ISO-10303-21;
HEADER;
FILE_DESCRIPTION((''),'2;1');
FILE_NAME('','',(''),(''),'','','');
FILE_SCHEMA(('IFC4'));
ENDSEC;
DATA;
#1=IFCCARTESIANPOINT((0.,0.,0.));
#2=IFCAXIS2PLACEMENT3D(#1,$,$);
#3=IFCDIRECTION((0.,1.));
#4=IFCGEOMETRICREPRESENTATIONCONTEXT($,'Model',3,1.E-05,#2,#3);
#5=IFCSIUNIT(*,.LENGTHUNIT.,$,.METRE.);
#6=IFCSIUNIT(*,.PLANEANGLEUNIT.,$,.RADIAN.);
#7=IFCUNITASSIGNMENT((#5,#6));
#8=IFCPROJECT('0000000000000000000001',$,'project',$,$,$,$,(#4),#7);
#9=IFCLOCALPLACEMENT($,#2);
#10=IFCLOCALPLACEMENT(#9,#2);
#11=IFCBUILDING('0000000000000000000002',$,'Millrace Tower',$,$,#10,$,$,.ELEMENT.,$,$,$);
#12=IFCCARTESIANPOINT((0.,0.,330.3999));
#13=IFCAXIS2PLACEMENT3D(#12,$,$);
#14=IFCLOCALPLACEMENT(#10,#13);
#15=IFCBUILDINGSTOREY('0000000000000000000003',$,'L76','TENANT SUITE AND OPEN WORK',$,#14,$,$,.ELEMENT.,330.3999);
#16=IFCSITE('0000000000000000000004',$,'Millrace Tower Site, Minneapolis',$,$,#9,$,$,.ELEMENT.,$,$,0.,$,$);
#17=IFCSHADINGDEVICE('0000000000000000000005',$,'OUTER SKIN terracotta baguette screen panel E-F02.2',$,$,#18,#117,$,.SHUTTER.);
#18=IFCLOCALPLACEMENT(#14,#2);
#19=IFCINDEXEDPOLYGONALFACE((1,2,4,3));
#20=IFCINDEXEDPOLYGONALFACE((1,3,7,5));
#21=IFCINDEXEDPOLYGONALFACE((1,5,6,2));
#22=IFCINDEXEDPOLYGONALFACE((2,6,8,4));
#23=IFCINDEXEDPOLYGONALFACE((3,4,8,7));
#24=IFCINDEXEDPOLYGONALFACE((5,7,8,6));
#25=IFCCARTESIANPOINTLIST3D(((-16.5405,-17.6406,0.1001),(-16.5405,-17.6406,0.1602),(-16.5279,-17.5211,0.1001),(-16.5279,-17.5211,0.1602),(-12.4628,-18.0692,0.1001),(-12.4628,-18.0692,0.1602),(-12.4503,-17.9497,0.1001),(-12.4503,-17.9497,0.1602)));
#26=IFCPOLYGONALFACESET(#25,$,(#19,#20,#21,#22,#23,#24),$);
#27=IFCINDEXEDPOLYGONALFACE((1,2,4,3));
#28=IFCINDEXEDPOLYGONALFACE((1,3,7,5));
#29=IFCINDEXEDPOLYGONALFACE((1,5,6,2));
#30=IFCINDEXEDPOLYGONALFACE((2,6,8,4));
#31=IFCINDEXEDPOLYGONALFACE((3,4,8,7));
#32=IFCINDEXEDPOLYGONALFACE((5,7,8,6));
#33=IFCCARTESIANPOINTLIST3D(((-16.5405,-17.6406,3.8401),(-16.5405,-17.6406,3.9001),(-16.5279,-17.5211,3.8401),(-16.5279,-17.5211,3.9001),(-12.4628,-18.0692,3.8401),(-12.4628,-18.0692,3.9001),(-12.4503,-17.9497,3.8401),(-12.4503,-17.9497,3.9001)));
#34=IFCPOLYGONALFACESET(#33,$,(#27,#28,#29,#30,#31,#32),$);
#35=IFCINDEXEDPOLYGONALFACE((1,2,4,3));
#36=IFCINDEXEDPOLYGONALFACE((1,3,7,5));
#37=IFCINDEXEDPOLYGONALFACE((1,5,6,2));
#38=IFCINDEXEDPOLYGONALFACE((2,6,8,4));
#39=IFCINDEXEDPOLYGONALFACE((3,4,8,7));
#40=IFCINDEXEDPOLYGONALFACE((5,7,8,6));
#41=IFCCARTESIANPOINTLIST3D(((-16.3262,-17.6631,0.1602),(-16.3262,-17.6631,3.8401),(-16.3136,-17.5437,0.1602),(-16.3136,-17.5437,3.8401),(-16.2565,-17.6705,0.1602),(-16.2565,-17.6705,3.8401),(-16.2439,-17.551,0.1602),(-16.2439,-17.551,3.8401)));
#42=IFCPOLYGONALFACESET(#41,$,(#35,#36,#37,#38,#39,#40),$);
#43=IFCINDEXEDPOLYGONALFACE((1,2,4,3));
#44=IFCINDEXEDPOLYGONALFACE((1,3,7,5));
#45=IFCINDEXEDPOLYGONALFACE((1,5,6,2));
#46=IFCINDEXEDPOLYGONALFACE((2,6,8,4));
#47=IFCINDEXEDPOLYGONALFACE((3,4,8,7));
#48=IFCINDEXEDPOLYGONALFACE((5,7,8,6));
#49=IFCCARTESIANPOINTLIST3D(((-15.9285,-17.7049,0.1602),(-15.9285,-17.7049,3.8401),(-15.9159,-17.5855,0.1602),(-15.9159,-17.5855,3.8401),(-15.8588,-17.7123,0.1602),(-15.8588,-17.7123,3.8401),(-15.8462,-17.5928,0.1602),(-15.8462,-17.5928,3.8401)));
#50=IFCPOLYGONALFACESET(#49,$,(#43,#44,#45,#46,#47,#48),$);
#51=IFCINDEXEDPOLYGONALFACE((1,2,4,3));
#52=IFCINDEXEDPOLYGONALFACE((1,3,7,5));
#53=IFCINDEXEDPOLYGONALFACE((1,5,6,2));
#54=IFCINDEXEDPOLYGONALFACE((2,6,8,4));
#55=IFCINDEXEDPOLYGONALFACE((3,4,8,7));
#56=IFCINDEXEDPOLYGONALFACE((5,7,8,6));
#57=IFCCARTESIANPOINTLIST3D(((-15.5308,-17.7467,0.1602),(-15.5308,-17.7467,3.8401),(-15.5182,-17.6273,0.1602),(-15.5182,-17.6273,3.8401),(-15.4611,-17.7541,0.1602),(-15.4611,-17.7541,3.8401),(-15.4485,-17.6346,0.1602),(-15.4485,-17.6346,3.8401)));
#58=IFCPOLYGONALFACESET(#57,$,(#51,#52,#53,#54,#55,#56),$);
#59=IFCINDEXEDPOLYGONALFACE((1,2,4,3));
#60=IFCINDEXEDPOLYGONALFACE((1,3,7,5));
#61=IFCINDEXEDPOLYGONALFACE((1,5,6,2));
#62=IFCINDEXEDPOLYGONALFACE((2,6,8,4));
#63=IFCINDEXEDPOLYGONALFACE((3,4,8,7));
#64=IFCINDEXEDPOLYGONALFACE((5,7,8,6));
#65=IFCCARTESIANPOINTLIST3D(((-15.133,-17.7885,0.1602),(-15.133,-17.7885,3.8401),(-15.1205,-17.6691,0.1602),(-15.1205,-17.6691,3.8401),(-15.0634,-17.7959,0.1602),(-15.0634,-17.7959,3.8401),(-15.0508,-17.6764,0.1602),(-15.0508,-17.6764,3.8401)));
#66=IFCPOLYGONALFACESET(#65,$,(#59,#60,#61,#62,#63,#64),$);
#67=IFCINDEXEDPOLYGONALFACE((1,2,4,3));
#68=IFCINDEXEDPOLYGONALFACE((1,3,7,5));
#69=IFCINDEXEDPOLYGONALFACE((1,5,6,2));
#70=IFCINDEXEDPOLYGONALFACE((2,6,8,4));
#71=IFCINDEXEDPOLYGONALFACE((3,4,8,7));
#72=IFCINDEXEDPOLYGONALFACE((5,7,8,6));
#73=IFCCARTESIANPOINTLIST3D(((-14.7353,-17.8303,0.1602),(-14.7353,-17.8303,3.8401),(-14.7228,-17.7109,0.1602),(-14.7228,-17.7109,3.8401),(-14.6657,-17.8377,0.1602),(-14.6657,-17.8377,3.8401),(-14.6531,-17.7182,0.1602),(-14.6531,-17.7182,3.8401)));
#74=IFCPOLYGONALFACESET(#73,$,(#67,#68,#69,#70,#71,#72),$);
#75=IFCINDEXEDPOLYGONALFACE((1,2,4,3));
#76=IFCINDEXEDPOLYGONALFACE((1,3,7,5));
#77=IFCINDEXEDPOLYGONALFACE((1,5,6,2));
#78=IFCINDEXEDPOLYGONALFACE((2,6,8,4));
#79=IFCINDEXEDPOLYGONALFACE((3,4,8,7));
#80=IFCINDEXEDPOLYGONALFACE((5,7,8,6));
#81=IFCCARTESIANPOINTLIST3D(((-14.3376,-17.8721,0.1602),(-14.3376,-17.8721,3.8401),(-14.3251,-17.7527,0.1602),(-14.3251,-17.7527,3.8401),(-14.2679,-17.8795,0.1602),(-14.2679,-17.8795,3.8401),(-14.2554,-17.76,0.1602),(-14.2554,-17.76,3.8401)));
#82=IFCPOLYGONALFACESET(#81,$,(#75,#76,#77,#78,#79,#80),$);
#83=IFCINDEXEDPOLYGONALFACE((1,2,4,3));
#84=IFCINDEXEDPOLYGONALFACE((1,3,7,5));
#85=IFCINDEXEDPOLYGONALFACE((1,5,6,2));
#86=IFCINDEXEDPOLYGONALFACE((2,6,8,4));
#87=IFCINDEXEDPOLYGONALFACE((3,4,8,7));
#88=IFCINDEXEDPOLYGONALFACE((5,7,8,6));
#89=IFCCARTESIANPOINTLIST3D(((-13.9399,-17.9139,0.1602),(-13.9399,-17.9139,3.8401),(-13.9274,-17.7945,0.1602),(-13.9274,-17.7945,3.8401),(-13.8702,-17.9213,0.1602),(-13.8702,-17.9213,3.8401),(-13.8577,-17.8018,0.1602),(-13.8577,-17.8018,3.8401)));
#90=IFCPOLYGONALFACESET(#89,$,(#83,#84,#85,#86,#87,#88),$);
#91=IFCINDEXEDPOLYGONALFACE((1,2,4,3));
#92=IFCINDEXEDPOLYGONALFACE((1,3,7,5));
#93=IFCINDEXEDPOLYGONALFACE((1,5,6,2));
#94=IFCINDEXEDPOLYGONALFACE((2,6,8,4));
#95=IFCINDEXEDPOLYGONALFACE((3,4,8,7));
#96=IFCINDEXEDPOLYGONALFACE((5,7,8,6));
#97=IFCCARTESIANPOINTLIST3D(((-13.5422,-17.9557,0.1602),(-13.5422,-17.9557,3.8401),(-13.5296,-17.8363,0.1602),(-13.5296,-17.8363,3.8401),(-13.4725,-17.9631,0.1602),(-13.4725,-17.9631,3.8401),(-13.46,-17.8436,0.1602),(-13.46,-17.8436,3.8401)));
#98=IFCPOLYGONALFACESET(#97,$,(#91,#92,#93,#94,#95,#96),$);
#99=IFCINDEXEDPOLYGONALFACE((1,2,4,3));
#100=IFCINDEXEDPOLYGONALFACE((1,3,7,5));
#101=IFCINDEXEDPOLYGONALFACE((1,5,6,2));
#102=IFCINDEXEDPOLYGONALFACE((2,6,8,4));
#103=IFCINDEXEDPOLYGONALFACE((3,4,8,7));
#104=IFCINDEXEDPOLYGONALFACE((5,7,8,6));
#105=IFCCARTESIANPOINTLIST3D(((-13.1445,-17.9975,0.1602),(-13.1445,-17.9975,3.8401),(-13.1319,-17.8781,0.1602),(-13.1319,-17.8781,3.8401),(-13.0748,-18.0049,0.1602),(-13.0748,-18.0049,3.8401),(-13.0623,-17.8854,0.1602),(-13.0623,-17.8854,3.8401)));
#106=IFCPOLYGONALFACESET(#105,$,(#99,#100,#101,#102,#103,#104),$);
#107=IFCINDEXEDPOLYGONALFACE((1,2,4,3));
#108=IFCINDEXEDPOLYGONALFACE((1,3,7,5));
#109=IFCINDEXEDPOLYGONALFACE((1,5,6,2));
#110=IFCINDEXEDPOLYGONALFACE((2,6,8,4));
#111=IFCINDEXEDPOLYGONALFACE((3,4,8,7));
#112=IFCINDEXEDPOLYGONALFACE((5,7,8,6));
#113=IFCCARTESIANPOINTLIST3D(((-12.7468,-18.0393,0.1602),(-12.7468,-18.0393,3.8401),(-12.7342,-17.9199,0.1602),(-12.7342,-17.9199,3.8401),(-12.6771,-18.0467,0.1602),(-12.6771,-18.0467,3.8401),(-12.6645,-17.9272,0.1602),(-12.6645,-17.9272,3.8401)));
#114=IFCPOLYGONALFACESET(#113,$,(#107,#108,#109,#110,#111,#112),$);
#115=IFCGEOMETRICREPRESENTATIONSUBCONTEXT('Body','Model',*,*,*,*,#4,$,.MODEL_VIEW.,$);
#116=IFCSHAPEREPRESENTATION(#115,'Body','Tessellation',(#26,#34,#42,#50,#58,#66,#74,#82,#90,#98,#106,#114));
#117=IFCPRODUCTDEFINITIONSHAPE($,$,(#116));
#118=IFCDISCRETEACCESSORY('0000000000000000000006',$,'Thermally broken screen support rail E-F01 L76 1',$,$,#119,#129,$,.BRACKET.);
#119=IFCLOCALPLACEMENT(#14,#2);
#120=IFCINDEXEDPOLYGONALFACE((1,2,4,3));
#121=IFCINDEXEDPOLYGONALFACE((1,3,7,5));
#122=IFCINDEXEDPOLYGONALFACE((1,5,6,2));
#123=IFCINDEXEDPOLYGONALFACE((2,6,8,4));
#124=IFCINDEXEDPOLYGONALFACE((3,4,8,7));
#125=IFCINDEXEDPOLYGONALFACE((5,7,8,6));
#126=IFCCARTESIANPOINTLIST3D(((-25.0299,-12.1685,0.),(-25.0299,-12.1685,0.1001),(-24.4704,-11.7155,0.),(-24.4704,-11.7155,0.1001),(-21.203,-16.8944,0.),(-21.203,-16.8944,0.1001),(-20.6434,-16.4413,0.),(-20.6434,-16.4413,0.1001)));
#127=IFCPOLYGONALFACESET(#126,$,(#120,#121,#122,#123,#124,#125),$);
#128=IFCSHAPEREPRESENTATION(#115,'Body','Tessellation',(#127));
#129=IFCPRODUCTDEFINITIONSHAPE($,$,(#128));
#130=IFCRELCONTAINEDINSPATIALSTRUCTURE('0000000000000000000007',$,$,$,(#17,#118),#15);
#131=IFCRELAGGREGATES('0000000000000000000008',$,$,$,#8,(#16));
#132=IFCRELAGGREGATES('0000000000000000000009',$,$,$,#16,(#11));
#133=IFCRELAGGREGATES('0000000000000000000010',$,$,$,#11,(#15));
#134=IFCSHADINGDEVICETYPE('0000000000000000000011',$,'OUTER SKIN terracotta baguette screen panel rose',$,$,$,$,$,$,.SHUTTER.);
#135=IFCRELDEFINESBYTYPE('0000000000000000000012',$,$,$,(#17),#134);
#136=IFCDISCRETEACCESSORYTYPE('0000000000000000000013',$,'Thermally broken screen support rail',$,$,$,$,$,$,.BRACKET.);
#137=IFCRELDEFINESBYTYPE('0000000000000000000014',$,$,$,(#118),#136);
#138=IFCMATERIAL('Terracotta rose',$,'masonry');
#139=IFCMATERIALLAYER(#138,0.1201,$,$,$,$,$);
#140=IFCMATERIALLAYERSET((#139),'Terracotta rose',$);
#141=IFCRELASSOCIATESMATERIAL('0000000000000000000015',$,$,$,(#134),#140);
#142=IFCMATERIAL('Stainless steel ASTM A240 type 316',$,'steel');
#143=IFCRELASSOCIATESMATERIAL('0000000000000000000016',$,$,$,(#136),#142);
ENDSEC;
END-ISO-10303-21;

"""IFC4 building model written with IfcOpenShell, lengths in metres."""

from ifc_helpers import new_model, entity, si_unit, direction, frame, frame_2d, origin, origin_2d, place, context, subcontext, project, spatial, rectangle, extrude, source, transform, mapped, material, layer, layer_set, type_object, element, save


model = new_model("IFC4")

# Units and contexts
model_context = context("Model", 3, precision=1e-05, world=origin(), true_north=direction((0.0, 1.0)))
body_context = subcontext(model_context, "Body", "Model", "MODEL_VIEW")
ifc_project = project(units=[si_unit("LENGTHUNIT", "METRE"), si_unit("PLANEANGLEUNIT", "RADIAN")], contexts=[model_context])

# Site, building, storey
site_placement = place(None, origin())
site = spatial("IfcSite", under=ifc_project, at=site_placement, Name="Millrace Tower Site, Minneapolis", CompositionType="ELEMENT", RefElevation=0.0)
building_placement = place(site_placement, origin())
building = spatial("IfcBuilding", under=site, at=building_placement, Name="Millrace Tower", CompositionType="ELEMENT")
storey_placement = place(building_placement, frame((0.0, 0.0, 330.3999)))
storey = spatial("IfcBuildingStorey", under=building, at=storey_placement, Name="L76", Description="TENANT SUITE AND OPEN WORK", CompositionType="ELEMENT", Elevation=330.3999)

# Shading device
ifc_material_1 = material(Name="Terracotta rose", Category="masonry")
ifc_layer_1 = layer(ifc_material_1, 0.1201)
ifc_layer_set_1 = layer_set([ifc_layer_1], Name="Terracotta rose")
shading_device_type = type_object("IfcShadingDeviceType", Name="OUTER SKIN terracotta baguette screen panel rose", PredefinedType="SHUTTER", material=ifc_layer_set_1)
cartesian_point_1 = entity("IfcCartesianPoint", [-2.05, 0.0601])
shared_polyline_1 = entity("IfcPolyline", [cartesian_point_1, entity("IfcCartesianPoint", [2.05, 0.0601]), entity("IfcCartesianPoint", [2.05, -0.0601]), entity("IfcCartesianPoint", [-2.05, -0.0601]), cartesian_point_1])
shared_shape_1 = source(origin(), body_context, "Body", "SweptSolid", [
    entity("IfcExtrudedAreaSolid", entity("IfcArbitraryClosedProfileDef", "AREA", None, shared_polyline_1), entity("IfcAxis2Placement3D", entity("IfcCartesianPoint", [0.0, 0.0, 0.0])), entity("IfcDirection", [0.0, 0.0, 1.0]), 0.0601),
    entity("IfcExtrudedAreaSolid", entity("IfcArbitraryClosedProfileDef", "AREA", None, shared_polyline_1), entity("IfcAxis2Placement3D", entity("IfcCartesianPoint", [0.0, 0.0, 3.74])), entity("IfcDirection", [0.0, 0.0, 1.0]), 0.0601),
    extrude(rectangle(XDim=0.0701, YDim=0.1201, at=frame_2d((-1.7996, 0.0))), frame((0.0, 0.0, 0.0601)), (0.0, 0.0, 1.0), 3.6799),
    extrude(rectangle(XDim=0.0701, YDim=0.1201, at=frame_2d((-1.3997, 0.0))), frame((0.0, 0.0, 0.0601)), (0.0, 0.0, 1.0), 3.6799),
    extrude(rectangle(XDim=0.0701, YDim=0.1201, at=frame_2d((-0.9998, 0.0))), frame((0.0, 0.0, 0.0601)), (0.0, 0.0, 1.0), 3.6799),
    extrude(rectangle(XDim=0.0701, YDim=0.1201, at=frame_2d((-0.5999, 0.0))), frame((0.0, 0.0, 0.0601)), (0.0, 0.0, 1.0), 3.6799),
    extrude(rectangle(XDim=0.0701, YDim=0.1201, at=frame_2d((-0.2, 0.0))), frame((0.0, 0.0, 0.0601)), (0.0, 0.0, 1.0), 3.6799),
    extrude(rectangle(XDim=0.0701, YDim=0.1201, at=frame_2d((0.2, 0.0))), frame((0.0, 0.0, 0.0601)), (0.0, 0.0, 1.0), 3.6799),
    extrude(rectangle(XDim=0.0701, YDim=0.1201, at=frame_2d((0.5999, 0.0))), frame((0.0, 0.0, 0.0601)), (0.0, 0.0, 1.0), 3.6799),
    extrude(rectangle(XDim=0.0701, YDim=0.1201, at=frame_2d((0.9998, 0.0))), frame((0.0, 0.0, 0.0601)), (0.0, 0.0, 1.0), 3.6799),
    extrude(rectangle(XDim=0.0701, YDim=0.1201, at=frame_2d((1.3997, 0.0))), frame((0.0, 0.0, 0.0601)), (0.0, 0.0, 1.0), 3.6799),
    extrude(rectangle(XDim=0.0701, YDim=0.1201, at=frame_2d((1.7996, 0.0))), frame((0.0, 0.0, 0.0601)), (0.0, 0.0, 1.0), 3.6799),
])
shading_device_1_placement = place(storey_placement, frame((-14.4954, -17.7952, 0.1001), z_axis=(0.0, 0.0, 1.0), x_axis=(0.994522, -0.104528, 0.0)))
element("IfcShadingDevice", 1, at=shading_device_1_placement, inside=storey, type_object=shading_device_type, Name="OUTER SKIN terracotta baguette screen panel E-F02.2", PredefinedType="SHUTTER", context=body_context, shape_type="MappedRepresentation", body=[
    mapped(shared_shape_1, transform((0.0, 0.0, 0.0), scale=1.0)),
])

# Discrete accessory
ifc_material_2 = material(Name="Stainless steel ASTM A240 type 316", Category="steel")
discrete_accessory_type = type_object("IfcDiscreteAccessoryType", Name="Thermally broken screen support rail", PredefinedType="BRACKET", material=ifc_material_2)
discrete_accessory_placement = place(storey_placement, frame((-22.8367, -14.3049, 0.0), z_axis=(0.0, 0.0, 1.0), x_axis=(0.62932, -0.777146, 0.0)))
element("IfcDiscreteAccessory", 2, at=discrete_accessory_placement, inside=storey, type_object=discrete_accessory_type, Name="Thermally broken screen support rail E-F01 L76 1", PredefinedType="BRACKET", context=body_context, shape_type="SweptSolid", body=[
    extrude(rectangle(XDim=6.0811, YDim=0.72, at=origin_2d()), origin(), (0.0, 0.0, 1.0), 0.1001),
])

save(model, "model.ifc")
